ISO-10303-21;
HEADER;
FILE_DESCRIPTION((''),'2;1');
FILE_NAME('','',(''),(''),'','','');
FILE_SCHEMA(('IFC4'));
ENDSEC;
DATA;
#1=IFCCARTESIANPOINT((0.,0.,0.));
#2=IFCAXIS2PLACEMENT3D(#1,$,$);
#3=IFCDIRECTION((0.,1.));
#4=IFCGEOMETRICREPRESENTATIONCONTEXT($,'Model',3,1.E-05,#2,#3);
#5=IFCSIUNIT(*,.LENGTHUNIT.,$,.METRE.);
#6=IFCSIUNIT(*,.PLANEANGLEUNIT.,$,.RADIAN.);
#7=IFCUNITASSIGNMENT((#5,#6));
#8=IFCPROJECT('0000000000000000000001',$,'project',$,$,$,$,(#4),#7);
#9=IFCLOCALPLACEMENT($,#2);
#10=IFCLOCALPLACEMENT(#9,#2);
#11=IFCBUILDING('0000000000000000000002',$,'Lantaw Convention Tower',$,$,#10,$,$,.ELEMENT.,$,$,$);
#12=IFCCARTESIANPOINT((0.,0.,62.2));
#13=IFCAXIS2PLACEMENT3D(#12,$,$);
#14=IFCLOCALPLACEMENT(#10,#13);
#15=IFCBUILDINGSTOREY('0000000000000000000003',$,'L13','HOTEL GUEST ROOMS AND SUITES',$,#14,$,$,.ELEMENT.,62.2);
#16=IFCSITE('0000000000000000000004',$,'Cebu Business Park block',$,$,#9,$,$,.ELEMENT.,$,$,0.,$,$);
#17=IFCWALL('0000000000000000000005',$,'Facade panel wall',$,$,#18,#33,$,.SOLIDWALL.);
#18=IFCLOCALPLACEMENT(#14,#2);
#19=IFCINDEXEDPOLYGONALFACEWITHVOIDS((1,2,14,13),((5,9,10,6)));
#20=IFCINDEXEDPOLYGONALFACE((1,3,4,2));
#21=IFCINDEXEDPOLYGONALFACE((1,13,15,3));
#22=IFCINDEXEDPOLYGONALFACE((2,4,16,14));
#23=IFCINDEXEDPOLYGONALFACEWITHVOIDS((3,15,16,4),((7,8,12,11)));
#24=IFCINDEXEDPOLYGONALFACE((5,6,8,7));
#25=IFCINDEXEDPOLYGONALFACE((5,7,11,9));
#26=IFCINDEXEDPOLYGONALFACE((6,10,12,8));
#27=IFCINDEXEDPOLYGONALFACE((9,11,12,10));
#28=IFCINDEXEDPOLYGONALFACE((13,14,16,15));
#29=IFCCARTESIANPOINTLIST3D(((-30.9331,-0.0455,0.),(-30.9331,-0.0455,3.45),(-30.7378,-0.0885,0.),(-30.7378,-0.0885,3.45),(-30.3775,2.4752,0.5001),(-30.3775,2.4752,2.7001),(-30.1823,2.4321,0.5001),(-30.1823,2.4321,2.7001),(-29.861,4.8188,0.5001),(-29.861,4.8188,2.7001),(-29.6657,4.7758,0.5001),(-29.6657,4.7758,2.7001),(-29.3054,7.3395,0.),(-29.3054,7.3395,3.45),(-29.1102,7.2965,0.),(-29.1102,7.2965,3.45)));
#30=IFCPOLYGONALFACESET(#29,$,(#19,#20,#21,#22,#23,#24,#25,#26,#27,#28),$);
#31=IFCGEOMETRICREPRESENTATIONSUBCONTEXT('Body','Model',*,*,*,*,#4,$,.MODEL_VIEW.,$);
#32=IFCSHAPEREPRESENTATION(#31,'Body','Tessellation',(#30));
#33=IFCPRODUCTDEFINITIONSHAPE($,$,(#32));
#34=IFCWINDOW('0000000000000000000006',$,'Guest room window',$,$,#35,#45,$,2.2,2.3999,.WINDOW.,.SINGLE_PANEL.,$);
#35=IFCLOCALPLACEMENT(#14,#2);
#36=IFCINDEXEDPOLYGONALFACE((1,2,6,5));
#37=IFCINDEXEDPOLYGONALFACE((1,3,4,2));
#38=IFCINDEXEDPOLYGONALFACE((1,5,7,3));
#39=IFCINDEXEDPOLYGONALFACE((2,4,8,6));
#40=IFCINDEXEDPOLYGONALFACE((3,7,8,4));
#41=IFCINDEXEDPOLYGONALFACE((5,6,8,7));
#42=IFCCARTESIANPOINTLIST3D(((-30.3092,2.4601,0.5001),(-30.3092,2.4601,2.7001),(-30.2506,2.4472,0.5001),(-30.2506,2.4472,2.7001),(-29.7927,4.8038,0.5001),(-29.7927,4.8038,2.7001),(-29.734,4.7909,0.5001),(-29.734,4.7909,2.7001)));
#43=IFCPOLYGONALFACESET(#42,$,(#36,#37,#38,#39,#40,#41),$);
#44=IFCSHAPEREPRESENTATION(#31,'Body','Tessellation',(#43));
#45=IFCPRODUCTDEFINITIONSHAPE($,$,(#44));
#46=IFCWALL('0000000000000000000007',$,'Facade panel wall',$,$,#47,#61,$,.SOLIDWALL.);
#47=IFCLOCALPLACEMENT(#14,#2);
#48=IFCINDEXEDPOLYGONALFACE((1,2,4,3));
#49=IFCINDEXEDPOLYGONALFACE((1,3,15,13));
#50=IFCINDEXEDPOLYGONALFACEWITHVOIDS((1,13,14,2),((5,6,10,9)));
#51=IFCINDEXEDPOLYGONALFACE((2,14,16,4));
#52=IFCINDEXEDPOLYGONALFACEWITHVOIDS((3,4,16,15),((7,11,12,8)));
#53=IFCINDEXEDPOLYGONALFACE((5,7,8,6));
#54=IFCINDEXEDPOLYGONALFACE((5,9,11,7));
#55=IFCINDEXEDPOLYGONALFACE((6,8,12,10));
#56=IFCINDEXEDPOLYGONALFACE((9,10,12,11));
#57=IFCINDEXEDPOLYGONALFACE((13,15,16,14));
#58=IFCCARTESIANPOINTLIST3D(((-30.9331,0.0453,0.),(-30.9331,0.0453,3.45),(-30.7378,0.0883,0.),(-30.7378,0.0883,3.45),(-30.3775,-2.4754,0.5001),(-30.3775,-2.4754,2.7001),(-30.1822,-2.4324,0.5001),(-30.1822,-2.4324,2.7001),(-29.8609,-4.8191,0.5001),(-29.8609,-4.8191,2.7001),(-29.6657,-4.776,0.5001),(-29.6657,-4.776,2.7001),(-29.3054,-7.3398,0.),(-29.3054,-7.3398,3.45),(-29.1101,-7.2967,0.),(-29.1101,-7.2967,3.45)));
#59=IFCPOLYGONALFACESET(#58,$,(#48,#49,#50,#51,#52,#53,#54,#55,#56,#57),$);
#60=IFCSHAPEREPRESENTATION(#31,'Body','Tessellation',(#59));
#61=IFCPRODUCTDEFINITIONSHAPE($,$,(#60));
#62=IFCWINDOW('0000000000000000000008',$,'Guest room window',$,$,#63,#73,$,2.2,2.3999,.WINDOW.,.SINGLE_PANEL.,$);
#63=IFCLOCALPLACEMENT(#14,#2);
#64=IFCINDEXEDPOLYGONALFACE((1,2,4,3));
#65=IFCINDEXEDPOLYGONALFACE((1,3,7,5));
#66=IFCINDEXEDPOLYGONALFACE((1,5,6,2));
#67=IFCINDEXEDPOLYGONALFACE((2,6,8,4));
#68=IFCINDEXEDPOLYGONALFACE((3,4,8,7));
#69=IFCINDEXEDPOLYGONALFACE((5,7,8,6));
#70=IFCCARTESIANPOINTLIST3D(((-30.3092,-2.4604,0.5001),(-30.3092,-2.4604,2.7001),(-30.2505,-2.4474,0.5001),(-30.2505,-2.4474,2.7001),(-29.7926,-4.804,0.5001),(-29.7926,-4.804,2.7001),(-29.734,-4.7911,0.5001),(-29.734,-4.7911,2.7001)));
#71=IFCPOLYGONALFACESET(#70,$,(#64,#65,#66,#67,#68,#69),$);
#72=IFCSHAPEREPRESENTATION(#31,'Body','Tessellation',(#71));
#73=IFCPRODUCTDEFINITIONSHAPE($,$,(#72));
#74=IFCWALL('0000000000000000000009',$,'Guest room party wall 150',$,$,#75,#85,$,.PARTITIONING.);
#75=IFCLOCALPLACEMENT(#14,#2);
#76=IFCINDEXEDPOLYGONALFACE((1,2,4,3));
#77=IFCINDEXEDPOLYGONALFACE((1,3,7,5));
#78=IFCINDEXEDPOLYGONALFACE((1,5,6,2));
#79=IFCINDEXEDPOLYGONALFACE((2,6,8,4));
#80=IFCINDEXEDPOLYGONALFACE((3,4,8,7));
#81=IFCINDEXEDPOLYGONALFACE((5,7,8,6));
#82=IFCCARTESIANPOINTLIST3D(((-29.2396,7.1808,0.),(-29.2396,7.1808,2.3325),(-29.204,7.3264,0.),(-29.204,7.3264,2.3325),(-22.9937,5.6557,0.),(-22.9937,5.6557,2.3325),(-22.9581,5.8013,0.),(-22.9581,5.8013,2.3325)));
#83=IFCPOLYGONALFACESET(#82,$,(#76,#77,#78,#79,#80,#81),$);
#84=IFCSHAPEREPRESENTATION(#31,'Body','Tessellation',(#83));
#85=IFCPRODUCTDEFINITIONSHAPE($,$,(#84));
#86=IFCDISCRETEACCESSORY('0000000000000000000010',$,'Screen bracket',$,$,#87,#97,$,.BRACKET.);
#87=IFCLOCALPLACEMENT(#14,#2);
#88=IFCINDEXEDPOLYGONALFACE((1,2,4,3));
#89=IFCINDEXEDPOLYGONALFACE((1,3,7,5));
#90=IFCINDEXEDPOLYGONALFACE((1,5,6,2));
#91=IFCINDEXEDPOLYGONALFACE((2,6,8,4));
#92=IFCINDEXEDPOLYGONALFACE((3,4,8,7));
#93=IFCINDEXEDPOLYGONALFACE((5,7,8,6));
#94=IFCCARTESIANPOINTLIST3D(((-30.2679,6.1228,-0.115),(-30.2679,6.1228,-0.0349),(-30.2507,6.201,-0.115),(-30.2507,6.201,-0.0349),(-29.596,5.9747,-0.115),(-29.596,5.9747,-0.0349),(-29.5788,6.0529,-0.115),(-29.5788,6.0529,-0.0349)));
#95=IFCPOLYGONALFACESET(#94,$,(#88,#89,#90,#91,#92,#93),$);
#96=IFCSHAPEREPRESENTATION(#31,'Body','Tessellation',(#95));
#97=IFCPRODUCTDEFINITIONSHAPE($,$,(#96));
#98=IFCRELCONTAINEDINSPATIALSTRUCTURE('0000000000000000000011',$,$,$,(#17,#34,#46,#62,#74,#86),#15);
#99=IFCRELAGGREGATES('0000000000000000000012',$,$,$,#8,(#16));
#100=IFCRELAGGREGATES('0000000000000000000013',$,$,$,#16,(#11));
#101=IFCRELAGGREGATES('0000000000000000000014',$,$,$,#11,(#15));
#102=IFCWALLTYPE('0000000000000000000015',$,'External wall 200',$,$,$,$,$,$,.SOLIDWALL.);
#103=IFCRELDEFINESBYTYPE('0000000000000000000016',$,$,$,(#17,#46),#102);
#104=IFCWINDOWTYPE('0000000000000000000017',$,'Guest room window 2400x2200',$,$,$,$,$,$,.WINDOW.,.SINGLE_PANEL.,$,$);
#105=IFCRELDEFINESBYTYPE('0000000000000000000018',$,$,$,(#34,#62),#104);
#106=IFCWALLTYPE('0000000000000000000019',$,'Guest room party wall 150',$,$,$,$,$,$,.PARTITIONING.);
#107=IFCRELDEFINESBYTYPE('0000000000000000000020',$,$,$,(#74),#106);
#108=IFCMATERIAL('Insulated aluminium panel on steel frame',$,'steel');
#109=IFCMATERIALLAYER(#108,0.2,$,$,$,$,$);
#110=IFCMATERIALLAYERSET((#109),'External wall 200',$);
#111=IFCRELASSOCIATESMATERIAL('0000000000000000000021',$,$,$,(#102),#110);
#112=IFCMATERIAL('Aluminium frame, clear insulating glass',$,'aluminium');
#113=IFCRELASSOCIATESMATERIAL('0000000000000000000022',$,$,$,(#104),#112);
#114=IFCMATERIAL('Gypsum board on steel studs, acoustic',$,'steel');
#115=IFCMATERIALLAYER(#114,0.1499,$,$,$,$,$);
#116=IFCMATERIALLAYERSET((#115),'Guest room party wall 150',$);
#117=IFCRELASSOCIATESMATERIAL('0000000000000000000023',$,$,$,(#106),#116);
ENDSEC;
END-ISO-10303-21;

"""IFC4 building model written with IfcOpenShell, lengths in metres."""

from ifc_helpers import new_model, si_unit, direction, frame, frame_2d, origin, origin_2d, place, context, subcontext, project, spatial, rectangle, extrude, material, layer, layer_set, type_object, element, fill, save


model = new_model("IFC4")

# Units and contexts
model_context = context("Model", 3, precision=1e-05, world=origin(), true_north=direction((0.0, 1.0)))
body_context = subcontext(model_context, "Body", "Model", "MODEL_VIEW")
ifc_project = project(units=[si_unit("LENGTHUNIT", "METRE"), si_unit("PLANEANGLEUNIT", "RADIAN")], contexts=[model_context])

# Site, building, storey
site_placement = place(None, origin())
site = spatial("IfcSite", under=ifc_project, at=site_placement, Name="Cebu Business Park block", CompositionType="ELEMENT", RefElevation=0.0)
building_placement = place(site_placement, origin())
building = spatial("IfcBuilding", under=site, at=building_placement, Name="Lantaw Convention Tower", CompositionType="ELEMENT")
storey_placement = place(building_placement, frame((0.0, 0.0, 62.2)))
storey = spatial("IfcBuildingStorey", under=building, at=storey_placement, Name="L13", Description="HOTEL GUEST ROOMS AND SUITES", CompositionType="ELEMENT", Elevation=62.2)

# Walls, openings, windows
ifc_material_1 = material(Name="Insulated aluminium panel on steel frame", Category="steel")
ifc_layer_1 = layer(ifc_material_1, 0.2)
ifc_layer_set_1 = layer_set([ifc_layer_1], Name="External wall 200")
wall_type_1 = type_object("IfcWallType", Name="External wall 200", PredefinedType="SOLIDWALL", material=ifc_layer_set_1)
wall_1_placement = place(storey_placement, frame((-29.2078, 7.3181, 0.0), z_axis=(0.0, 0.0, 1.0), x_axis=(-0.215238, -0.976562, 0.0)))
wall_1 = element("IfcWall", 1, at=wall_1_placement, inside=storey, type_object=wall_type_1, Name="Facade panel wall", PredefinedType="SOLIDWALL", context=body_context, shape_type="SweptSolid", body=[
    extrude(rectangle(XDim=7.5623, YDim=0.2, at=frame_2d((3.7812, 0.0))), origin(), (0.0, 0.0, 1.0), 3.45),
])
opening_1_placement = place(wall_1_placement, frame((2.5813, 0.0, 0.5)))
opening_1 = element("IfcOpeningElement", 2, at=opening_1_placement, cuts=wall_1, PredefinedType="OPENING", context=body_context, shape_type="SweptSolid", body=[
    extrude(rectangle(XDim=2.3999, YDim=2.2, at=frame_2d((1.2, 1.1001))), frame((0.0, 0.1099, 0.0), z_axis=(0.0, -1.0, 0.0), x_axis=(1.0, 0.0, 0.0)), (0.0, 0.0, 1.0), 0.22),
])
ifc_material_2 = material(Name="Aluminium frame, clear insulating glass", Category="aluminium")
window_type = type_object("IfcWindowType", Name="Guest room window 2400x2200", PartitioningType="SINGLE_PANEL", PredefinedType="WINDOW", material=ifc_material_2)
window_1_placement = place(opening_1_placement, origin())
window_1 = element("IfcWindow", 3, at=window_1_placement, inside=storey, type_object=window_type, Name="Guest room window", OverallHeight=2.2, OverallWidth=2.3999, PartitioningType="SINGLE_PANEL", PredefinedType="WINDOW", context=body_context, shape_type="SweptSolid", body=[
    extrude(rectangle(XDim=2.3999, YDim=2.2, at=frame_2d((1.2, 1.1001))), frame((0.0, 0.03, 0.0), z_axis=(0.0, -1.0, 0.0), x_axis=(1.0, 0.0, 0.0)), (0.0, 0.0, 1.0), 0.0601),
])
fill(opening_1, window_1)
wall_2_placement = place(storey_placement, frame((-30.8354, 0.0669, 0.0), z_axis=(0.0, 0.0, 1.0), x_axis=(0.215238, -0.976562, 0.0)))
wall_2 = element("IfcWall", 4, at=wall_2_placement, inside=storey, type_object=wall_type_1, Name="Facade panel wall", PredefinedType="SOLIDWALL", context=body_context, shape_type="SweptSolid", body=[
    extrude(rectangle(XDim=7.5623, YDim=0.2, at=frame_2d((3.7812, 0.0))), origin(), (0.0, 0.0, 1.0), 3.45),
])
opening_2_placement = place(wall_2_placement, frame((2.5813, 0.0, 0.5)))
opening_2 = element("IfcOpeningElement", 5, at=opening_2_placement, cuts=wall_2, PredefinedType="OPENING", context=body_context, shape_type="SweptSolid", body=[
    extrude(rectangle(XDim=2.3999, YDim=2.2, at=frame_2d((1.2, 1.1001))), frame((0.0, 0.1099, 0.0), z_axis=(0.0, -1.0, 0.0), x_axis=(1.0, 0.0, 0.0)), (0.0, 0.0, 1.0), 0.22),
])
window_2_placement = place(opening_2_placement, origin())
window_2 = element("IfcWindow", 6, at=window_2_placement, inside=storey, type_object=window_type, Name="Guest room window", OverallHeight=2.2, OverallWidth=2.3999, PartitioningType="SINGLE_PANEL", PredefinedType="WINDOW", context=body_context, shape_type="SweptSolid", body=[
    extrude(rectangle(XDim=2.3999, YDim=2.2, at=frame_2d((1.2, 1.1001))), frame((0.0, 0.03, 0.0), z_axis=(0.0, -1.0, 0.0), x_axis=(1.0, 0.0, 0.0)), (0.0, 0.0, 1.0), 0.0601),
])
fill(opening_2, window_2)

# Wall
ifc_material_3 = material(Name="Gypsum board on steel studs, acoustic", Category="steel")
ifc_layer_2 = layer(ifc_material_3, 0.1499)
ifc_layer_set_2 = layer_set([ifc_layer_2], Name="Guest room party wall 150")
wall_type_2 = type_object("IfcWallType", Name="Guest room party wall 150", PredefinedType="PARTITIONING", material=ifc_layer_set_2)
wall_3_placement = place(storey_placement, frame((-29.2219, 7.2537, 0.0), z_axis=(0.0, 0.0, 1.0), x_axis=(0.971457, -0.237216, 0.0)))
element("IfcWall", 7, at=wall_3_placement, inside=storey, type_object=wall_type_2, Name="Guest room party wall 150", PredefinedType="PARTITIONING", context=body_context, shape_type="SweptSolid", body=[
    extrude(rectangle(XDim=6.4294, YDim=0.1499, at=frame_2d((3.2148, 0.0))), origin(), (0.0, 0.0, 1.0), 2.3325),
])

# Discrete accessory
discrete_accessory_placement = place(storey_placement, frame((-29.9233, 6.0879, -0.115), z_axis=(0.0, 0.0, 1.0), x_axis=(-0.215246, -0.97656, 0.0)))
element("IfcDiscreteAccessory", 8, at=discrete_accessory_placement, inside=storey, Name="Screen bracket", PredefinedType="BRACKET", context=body_context, shape_type="SweptSolid", body=[
    extrude(rectangle(XDim=0.0801, YDim=0.688, at=origin_2d()), origin(), (0.0, 0.0, 1.0), 0.0801),
])

save(model, "model.ifc")
